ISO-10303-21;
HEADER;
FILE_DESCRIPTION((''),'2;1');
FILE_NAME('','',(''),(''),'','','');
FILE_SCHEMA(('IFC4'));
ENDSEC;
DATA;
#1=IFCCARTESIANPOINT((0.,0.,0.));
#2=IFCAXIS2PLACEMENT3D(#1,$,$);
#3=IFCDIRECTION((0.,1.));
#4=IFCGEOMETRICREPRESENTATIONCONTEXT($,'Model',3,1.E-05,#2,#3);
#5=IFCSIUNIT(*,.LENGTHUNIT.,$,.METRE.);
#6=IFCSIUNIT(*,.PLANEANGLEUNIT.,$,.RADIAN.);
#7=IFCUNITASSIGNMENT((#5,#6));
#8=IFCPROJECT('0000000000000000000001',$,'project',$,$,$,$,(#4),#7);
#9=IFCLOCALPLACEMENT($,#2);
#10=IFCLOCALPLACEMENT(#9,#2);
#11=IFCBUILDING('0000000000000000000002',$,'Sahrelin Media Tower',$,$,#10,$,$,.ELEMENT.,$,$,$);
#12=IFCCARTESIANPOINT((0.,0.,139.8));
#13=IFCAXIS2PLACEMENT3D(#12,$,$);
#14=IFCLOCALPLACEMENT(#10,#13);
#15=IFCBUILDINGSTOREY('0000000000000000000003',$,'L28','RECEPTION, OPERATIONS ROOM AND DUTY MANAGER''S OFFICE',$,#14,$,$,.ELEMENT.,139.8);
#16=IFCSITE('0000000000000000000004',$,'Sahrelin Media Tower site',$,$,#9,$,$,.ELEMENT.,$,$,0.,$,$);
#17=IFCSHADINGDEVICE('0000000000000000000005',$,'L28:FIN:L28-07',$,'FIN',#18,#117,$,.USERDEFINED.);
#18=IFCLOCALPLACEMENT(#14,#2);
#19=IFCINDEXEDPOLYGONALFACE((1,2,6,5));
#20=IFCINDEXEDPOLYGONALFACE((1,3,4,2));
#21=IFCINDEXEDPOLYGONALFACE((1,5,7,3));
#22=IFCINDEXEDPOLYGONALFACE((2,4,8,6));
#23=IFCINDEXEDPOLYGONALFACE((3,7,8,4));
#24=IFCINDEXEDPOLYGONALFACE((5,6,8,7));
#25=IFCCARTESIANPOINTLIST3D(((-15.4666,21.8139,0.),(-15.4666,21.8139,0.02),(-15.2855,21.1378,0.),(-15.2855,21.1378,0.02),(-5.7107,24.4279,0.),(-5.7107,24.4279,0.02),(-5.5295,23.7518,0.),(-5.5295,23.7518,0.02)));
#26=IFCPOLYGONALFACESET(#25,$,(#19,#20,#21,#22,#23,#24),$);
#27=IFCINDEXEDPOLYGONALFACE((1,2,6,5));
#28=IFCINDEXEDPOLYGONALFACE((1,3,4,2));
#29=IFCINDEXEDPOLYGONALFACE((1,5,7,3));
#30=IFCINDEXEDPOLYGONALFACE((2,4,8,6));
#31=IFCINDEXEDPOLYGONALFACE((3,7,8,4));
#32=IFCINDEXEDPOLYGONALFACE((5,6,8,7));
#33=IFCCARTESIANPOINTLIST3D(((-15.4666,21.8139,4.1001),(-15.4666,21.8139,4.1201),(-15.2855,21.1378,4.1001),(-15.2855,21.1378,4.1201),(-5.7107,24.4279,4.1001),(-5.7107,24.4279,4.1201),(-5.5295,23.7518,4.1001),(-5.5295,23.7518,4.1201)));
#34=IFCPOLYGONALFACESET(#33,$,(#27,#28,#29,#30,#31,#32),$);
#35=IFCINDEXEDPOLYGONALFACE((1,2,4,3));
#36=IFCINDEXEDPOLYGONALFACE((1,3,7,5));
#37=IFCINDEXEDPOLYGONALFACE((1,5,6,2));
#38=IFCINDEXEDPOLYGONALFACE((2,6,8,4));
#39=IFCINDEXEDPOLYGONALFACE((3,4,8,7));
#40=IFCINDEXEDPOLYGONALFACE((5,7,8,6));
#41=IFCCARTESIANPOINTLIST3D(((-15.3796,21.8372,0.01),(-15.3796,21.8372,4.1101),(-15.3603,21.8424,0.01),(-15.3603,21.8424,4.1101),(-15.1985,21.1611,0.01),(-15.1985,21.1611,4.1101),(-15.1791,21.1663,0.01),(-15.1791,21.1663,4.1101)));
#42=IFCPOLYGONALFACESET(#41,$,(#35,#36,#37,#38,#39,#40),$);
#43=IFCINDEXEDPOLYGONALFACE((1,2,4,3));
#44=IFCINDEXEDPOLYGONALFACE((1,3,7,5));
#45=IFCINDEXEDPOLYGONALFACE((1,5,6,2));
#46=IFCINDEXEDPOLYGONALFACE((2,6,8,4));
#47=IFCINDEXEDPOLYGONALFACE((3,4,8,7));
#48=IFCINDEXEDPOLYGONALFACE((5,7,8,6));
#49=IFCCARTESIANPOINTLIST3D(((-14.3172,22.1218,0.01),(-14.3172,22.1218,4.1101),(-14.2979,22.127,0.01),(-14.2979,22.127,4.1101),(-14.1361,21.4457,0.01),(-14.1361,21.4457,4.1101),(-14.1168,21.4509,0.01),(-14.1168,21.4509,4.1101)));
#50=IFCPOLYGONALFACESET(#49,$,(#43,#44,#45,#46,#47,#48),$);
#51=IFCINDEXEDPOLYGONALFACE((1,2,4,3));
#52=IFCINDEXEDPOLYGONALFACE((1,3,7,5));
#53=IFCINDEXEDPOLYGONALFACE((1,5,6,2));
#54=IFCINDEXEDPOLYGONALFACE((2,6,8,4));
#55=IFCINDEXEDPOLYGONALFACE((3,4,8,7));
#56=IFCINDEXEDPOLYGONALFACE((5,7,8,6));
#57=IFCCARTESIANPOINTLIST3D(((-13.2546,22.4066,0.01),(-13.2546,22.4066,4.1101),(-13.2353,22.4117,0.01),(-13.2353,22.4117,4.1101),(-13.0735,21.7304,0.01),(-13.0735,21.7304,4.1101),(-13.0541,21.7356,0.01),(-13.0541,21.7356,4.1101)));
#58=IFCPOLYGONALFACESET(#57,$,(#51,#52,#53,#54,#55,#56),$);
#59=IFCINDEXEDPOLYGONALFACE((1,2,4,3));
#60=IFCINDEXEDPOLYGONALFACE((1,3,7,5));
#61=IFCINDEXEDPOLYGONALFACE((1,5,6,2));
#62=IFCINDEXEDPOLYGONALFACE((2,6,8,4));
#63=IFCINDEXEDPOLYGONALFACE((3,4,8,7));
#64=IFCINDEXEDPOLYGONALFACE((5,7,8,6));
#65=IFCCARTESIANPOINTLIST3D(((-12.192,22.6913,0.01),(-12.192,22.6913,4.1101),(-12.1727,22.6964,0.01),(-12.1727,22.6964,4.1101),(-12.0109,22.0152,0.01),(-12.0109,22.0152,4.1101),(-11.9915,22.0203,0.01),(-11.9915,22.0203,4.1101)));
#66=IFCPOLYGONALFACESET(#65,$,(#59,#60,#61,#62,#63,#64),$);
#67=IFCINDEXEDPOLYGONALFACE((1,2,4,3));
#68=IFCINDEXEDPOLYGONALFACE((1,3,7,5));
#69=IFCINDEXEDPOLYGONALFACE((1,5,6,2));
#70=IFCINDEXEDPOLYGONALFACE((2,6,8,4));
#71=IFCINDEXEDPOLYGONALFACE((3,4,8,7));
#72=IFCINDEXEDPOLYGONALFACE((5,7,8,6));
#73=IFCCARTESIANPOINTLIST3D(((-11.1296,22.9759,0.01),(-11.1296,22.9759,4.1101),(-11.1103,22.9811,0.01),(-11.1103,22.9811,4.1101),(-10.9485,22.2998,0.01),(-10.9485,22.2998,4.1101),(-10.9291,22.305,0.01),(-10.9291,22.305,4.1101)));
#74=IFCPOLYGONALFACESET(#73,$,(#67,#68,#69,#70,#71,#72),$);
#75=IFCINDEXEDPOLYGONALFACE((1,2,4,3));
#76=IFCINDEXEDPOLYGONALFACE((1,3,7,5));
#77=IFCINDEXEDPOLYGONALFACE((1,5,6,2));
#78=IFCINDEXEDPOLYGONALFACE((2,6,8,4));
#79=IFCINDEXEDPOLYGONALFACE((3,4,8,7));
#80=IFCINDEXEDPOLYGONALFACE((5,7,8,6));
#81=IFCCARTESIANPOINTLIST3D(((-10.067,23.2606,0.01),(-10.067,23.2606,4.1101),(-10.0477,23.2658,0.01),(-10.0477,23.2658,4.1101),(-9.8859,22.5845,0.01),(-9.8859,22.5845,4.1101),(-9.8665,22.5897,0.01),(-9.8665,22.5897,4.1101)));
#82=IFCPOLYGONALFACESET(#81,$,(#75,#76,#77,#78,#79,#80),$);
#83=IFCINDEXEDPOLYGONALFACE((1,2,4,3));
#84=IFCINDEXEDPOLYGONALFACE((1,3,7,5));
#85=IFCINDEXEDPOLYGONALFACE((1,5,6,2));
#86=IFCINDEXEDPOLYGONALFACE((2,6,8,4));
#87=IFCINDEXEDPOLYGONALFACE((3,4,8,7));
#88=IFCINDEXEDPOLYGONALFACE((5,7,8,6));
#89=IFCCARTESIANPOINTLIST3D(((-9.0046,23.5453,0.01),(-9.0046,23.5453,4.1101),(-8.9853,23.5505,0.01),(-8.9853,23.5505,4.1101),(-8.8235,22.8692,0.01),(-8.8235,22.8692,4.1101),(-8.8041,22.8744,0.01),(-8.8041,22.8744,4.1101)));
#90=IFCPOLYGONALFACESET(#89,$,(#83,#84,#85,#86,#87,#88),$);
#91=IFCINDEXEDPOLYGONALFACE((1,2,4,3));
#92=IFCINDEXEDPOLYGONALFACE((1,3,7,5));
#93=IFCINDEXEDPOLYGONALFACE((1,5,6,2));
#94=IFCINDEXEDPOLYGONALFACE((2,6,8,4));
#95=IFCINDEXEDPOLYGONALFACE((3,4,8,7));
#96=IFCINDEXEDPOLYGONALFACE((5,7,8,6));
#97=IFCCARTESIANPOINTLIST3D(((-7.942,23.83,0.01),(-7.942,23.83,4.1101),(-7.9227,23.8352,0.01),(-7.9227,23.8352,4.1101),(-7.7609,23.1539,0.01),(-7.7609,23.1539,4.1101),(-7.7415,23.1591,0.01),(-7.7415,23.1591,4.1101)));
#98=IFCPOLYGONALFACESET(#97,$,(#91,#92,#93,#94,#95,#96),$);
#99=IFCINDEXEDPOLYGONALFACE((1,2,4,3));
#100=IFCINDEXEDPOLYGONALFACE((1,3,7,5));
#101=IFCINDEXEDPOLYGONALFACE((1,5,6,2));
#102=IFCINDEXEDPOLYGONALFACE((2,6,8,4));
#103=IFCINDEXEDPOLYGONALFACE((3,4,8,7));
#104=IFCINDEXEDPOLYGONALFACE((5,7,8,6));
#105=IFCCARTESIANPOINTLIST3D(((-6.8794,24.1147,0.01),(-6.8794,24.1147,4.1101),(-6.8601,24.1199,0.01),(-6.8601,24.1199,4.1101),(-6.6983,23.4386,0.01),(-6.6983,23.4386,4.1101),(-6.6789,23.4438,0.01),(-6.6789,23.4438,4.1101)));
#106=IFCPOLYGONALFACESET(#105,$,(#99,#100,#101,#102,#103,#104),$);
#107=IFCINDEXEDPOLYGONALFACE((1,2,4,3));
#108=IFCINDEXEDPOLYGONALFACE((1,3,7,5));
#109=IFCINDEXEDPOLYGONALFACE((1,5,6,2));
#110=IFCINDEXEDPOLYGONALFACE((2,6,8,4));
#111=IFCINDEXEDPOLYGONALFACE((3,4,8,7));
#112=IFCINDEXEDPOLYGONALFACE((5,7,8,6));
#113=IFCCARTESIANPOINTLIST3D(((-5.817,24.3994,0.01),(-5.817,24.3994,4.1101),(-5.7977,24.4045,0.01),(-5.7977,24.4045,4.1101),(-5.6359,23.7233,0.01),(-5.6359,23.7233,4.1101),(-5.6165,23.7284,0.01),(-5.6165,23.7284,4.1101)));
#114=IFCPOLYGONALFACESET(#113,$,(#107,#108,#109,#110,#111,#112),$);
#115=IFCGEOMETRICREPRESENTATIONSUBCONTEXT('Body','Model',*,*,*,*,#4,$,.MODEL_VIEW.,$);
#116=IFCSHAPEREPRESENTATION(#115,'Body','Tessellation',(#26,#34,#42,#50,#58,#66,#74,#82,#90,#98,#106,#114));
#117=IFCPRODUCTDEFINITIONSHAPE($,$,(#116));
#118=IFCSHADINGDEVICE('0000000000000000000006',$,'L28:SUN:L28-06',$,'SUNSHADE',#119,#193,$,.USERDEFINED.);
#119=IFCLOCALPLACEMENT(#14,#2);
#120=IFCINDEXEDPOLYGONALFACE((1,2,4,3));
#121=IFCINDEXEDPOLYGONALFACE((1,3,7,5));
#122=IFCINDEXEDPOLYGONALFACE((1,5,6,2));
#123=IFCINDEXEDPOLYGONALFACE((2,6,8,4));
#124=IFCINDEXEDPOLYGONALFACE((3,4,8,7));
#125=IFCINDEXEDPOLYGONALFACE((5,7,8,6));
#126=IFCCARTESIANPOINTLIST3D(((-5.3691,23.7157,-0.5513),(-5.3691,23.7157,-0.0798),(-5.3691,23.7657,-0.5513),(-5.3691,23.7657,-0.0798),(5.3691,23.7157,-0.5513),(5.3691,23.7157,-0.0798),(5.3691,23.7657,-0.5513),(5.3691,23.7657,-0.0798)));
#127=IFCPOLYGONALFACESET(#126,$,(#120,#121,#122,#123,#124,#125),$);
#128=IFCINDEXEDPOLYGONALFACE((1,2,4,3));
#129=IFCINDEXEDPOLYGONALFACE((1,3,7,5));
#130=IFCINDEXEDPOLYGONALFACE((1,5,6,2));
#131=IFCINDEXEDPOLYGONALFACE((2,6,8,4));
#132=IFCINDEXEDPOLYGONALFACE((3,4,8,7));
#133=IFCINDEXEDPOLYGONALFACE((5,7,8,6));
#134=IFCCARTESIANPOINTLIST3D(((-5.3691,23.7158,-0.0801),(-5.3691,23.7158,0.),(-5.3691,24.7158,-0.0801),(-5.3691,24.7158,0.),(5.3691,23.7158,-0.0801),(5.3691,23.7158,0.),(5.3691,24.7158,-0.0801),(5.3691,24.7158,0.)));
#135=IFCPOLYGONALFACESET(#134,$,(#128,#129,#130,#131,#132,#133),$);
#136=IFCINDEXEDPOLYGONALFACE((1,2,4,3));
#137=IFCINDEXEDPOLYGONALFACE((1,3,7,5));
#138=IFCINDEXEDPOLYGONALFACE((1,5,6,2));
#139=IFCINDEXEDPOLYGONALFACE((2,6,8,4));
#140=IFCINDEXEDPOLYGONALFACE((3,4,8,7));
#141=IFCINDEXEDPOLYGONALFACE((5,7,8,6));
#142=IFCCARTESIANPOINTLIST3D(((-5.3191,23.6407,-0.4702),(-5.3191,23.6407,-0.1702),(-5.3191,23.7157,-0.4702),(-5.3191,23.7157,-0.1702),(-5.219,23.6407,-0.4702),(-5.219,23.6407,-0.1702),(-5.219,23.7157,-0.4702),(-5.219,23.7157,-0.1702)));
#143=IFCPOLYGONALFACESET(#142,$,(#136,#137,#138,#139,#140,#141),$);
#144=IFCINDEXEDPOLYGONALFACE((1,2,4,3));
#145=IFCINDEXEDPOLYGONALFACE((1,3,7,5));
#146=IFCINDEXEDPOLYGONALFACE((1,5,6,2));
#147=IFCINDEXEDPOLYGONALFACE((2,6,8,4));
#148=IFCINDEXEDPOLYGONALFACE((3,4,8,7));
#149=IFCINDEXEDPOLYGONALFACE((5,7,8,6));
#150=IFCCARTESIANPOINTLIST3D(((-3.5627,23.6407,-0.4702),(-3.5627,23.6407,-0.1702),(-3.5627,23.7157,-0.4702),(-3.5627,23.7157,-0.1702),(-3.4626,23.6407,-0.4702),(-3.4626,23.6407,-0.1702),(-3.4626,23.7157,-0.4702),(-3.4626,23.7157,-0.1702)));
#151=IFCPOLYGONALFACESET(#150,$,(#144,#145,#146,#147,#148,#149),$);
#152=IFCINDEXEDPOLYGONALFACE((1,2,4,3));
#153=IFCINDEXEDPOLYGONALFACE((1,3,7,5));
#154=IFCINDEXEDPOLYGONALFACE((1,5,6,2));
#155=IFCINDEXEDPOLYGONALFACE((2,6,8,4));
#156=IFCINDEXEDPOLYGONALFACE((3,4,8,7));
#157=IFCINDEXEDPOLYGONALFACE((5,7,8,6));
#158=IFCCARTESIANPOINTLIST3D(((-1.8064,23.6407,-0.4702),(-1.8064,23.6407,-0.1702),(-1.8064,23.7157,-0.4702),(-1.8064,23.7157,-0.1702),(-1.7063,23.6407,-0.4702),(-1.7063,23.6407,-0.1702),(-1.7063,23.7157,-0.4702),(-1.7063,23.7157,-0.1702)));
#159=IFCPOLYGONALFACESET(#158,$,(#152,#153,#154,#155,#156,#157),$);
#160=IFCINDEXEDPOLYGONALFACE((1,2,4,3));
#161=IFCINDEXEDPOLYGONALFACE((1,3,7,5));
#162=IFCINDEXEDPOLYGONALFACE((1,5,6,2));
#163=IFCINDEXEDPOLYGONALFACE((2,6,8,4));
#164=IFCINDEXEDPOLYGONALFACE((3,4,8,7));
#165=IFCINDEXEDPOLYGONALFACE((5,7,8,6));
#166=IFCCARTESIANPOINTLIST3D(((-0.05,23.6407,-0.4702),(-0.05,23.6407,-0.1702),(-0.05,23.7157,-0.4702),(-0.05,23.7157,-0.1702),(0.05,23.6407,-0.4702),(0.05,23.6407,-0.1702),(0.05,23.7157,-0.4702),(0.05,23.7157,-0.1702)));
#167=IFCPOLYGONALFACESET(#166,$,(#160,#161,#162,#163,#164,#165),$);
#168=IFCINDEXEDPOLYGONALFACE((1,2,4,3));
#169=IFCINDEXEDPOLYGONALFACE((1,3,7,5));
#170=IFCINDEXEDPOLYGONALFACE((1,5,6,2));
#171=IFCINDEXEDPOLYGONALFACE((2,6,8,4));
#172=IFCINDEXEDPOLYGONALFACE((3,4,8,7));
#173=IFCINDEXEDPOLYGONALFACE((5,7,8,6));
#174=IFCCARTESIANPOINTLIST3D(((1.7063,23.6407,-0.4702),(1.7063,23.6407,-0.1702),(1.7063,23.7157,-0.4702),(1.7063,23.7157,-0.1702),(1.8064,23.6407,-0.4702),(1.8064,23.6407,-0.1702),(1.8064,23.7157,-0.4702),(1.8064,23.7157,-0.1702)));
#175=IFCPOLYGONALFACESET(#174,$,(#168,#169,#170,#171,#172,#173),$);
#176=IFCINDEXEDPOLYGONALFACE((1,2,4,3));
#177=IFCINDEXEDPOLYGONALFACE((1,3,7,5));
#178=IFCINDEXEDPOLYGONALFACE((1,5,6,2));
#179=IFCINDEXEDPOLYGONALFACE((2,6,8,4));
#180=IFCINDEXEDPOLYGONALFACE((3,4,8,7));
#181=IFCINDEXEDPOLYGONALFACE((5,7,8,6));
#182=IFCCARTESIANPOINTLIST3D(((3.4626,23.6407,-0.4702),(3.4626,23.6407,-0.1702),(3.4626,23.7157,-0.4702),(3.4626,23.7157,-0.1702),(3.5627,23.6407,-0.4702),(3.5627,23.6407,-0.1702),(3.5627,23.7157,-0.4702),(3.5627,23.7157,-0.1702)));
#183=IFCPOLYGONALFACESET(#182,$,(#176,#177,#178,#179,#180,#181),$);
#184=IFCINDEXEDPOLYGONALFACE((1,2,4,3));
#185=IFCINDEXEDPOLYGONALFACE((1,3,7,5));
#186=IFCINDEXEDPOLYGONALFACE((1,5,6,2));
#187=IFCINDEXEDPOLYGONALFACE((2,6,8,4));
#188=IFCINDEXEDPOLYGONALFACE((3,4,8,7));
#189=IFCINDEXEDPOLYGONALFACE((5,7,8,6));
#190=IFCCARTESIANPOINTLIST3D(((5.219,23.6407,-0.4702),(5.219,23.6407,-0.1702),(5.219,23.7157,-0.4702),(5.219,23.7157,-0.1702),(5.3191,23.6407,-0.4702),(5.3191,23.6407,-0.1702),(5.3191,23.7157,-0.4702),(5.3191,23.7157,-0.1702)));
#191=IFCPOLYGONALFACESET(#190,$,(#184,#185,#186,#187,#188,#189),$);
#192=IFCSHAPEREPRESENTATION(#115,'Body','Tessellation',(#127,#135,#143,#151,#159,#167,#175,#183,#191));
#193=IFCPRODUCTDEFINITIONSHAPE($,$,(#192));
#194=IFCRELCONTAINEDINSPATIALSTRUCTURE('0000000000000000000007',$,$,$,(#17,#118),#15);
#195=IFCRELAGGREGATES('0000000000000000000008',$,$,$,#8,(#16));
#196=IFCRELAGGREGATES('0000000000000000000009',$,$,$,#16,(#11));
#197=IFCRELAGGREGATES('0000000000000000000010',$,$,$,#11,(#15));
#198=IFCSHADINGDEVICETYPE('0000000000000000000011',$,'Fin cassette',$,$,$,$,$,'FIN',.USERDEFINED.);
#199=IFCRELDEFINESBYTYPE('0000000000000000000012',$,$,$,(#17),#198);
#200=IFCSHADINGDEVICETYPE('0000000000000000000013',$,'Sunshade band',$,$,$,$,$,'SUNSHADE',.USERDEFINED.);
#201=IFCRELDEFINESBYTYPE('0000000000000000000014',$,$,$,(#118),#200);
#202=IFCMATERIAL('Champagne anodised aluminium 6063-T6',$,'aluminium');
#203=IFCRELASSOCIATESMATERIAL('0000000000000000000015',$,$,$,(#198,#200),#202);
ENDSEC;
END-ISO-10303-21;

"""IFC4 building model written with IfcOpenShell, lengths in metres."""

from ifc_helpers import new_model, si_unit, direction, frame, origin, origin_2d, place, context, subcontext, project, spatial, rectangle, extrude, material, type_object, element, save


model = new_model("IFC4")

# Units and contexts
model_context = context("Model", 3, precision=1e-05, world=origin(), true_north=direction((0.0, 1.0)))
body_context = subcontext(model_context, "Body", "Model", "MODEL_VIEW")
ifc_project = project(units=[si_unit("LENGTHUNIT", "METRE"), si_unit("PLANEANGLEUNIT", "RADIAN")], contexts=[model_context])

# Site, building, storey
site_placement = place(None, origin())
site = spatial("IfcSite", under=ifc_project, at=site_placement, Name="Sahrelin Media Tower site", CompositionType="ELEMENT", RefElevation=0.0)
building_placement = place(site_placement, origin())
building = spatial("IfcBuilding", under=site, at=building_placement, Name="Sahrelin Media Tower", CompositionType="ELEMENT")
storey_placement = place(building_placement, frame((0.0, 0.0, 139.8)))
storey = spatial("IfcBuildingStorey", under=building, at=storey_placement, Name="L28", Description="RECEPTION, OPERATIONS ROOM AND DUTY MANAGER'S OFFICE", CompositionType="ELEMENT", Elevation=139.8)

# Shared definitions
ifc_material_1 = material(Name="Champagne anodised aluminium 6063-T6", Category="aluminium")
placement_1 = place(storey_placement, frame((0.0, 23.6958, 0.0), z_axis=(0.0, 0.0, 1.0), x_axis=(1.0, 0.0, 0.0)))

# Shading devices
shading_device_type_1 = type_object("IfcShadingDeviceType", Name="Fin cassette", ElementType="FIN", PredefinedType="USERDEFINED", material=ifc_material_1)
placement_2 = place(storey_placement, frame((-10.3894, 22.3772, 0.0), z_axis=(0.0, 0.0, 1.0), x_axis=(0.965929, 0.258808, 0.0)))
element("IfcShadingDevice", 1, at=placement_2, inside=storey, type_object=shading_device_type_1, Name="L28:FIN:L28-07", ObjectType="FIN", PredefinedType="USERDEFINED", context=body_context, shape_type="SweptSolid", body=[
    extrude(rectangle(XDim=10.1001, YDim=0.7, at=origin_2d()), frame((0.0, 0.4199, 0.0)), (0.0, 0.0, 1.0), 0.02),
    extrude(rectangle(XDim=10.1001, YDim=0.7, at=origin_2d()), frame((0.0, 0.4199, 4.1001)), (0.0, 0.0, 1.0), 0.02),
    extrude(rectangle(XDim=0.02, YDim=0.7, at=origin_2d()), frame((-4.95, 0.4199, 0.01), z_axis=(0.0, 0.0, 1.0), x_axis=(1.0, 0.0, 0.0)), (0.0, 0.0, 1.0), 4.1001),
    extrude(rectangle(XDim=0.02, YDim=0.7, at=origin_2d()), frame((-3.8501, 0.4199, 0.01), z_axis=(0.0, 0.0, 1.0), x_axis=(1.0, 0.0, 0.0)), (0.0, 0.0, 1.0), 4.1001),
    extrude(rectangle(XDim=0.02, YDim=0.7, at=origin_2d()), frame((-2.75, 0.4199, 0.01), z_axis=(0.0, 0.0, 1.0), x_axis=(1.0, 0.0, 0.0)), (0.0, 0.0, 1.0), 4.1001),
    extrude(rectangle(XDim=0.02, YDim=0.7, at=origin_2d()), frame((-1.6499, 0.4199, 0.01), z_axis=(0.0, 0.0, 1.0), x_axis=(1.0, 0.0, 0.0)), (0.0, 0.0, 1.0), 4.1001),
    extrude(rectangle(XDim=0.02, YDim=0.7, at=origin_2d()), frame((-0.55, 0.4199, 0.01), z_axis=(0.0, 0.0, 1.0), x_axis=(1.0, 0.0, 0.0)), (0.0, 0.0, 1.0), 4.1001),
    extrude(rectangle(XDim=0.02, YDim=0.7, at=origin_2d()), frame((0.55, 0.4199, 0.01), z_axis=(0.0, 0.0, 1.0), x_axis=(1.0, 0.0, 0.0)), (0.0, 0.0, 1.0), 4.1001),
    extrude(rectangle(XDim=0.02, YDim=0.7, at=origin_2d()), frame((1.6499, 0.4199, 0.01), z_axis=(0.0, 0.0, 1.0), x_axis=(1.0, 0.0, 0.0)), (0.0, 0.0, 1.0), 4.1001),
    extrude(rectangle(XDim=0.02, YDim=0.7, at=origin_2d()), frame((2.75, 0.4199, 0.01), z_axis=(0.0, 0.0, 1.0), x_axis=(1.0, 0.0, 0.0)), (0.0, 0.0, 1.0), 4.1001),
    extrude(rectangle(XDim=0.02, YDim=0.7, at=origin_2d()), frame((3.8501, 0.4199, 0.01), z_axis=(0.0, 0.0, 1.0), x_axis=(1.0, 0.0, 0.0)), (0.0, 0.0, 1.0), 4.1001),
    extrude(rectangle(XDim=0.02, YDim=0.7, at=origin_2d()), frame((4.95, 0.4199, 0.01), z_axis=(0.0, 0.0, 1.0), x_axis=(1.0, 0.0, 0.0)), (0.0, 0.0, 1.0), 4.1001),
])
shading_device_type_2 = type_object("IfcShadingDeviceType", Name="Sunshade band", ElementType="SUNSHADE", PredefinedType="USERDEFINED", material=ifc_material_1)
element("IfcShadingDevice", 2, at=placement_1, inside=storey, type_object=shading_device_type_2, Name="L28:SUN:L28-06", ObjectType="SUNSHADE", PredefinedType="USERDEFINED", context=body_context, shape_type="SweptSolid", body=[
    extrude(rectangle(XDim=10.7383, YDim=0.05, at=origin_2d()), frame((0.0, 0.0449, -0.5513)), (0.0, 0.0, 1.0), 0.4714),
    extrude(rectangle(XDim=10.7383, YDim=1.0, at=origin_2d()), frame((0.0, 0.52, -0.0801)), (0.0, 0.0, 1.0), 0.0801),
    extrude(rectangle(XDim=0.1001, YDim=0.075, at=origin_2d()), frame((-5.269, -0.0176, -0.4702)), (0.0, 0.0, 1.0), 0.3),
    extrude(rectangle(XDim=0.1001, YDim=0.075, at=origin_2d()), frame((-3.5127, -0.0176, -0.4702)), (0.0, 0.0, 1.0), 0.3),
    extrude(rectangle(XDim=0.1001, YDim=0.075, at=origin_2d()), frame((-1.7563, -0.0176, -0.4702)), (0.0, 0.0, 1.0), 0.3),
    extrude(rectangle(XDim=0.1001, YDim=0.075, at=origin_2d()), frame((0.0, -0.0176, -0.4702)), (0.0, 0.0, 1.0), 0.3),
    extrude(rectangle(XDim=0.1001, YDim=0.075, at=origin_2d()), frame((1.7563, -0.0176, -0.4702)), (0.0, 0.0, 1.0), 0.3),
    extrude(rectangle(XDim=0.1001, YDim=0.075, at=origin_2d()), frame((3.5127, -0.0176, -0.4702)), (0.0, 0.0, 1.0), 0.3),
    extrude(rectangle(XDim=0.1001, YDim=0.075, at=origin_2d()), frame((5.269, -0.0176, -0.4702)), (0.0, 0.0, 1.0), 0.3),
])

save(model, "model.ifc")
